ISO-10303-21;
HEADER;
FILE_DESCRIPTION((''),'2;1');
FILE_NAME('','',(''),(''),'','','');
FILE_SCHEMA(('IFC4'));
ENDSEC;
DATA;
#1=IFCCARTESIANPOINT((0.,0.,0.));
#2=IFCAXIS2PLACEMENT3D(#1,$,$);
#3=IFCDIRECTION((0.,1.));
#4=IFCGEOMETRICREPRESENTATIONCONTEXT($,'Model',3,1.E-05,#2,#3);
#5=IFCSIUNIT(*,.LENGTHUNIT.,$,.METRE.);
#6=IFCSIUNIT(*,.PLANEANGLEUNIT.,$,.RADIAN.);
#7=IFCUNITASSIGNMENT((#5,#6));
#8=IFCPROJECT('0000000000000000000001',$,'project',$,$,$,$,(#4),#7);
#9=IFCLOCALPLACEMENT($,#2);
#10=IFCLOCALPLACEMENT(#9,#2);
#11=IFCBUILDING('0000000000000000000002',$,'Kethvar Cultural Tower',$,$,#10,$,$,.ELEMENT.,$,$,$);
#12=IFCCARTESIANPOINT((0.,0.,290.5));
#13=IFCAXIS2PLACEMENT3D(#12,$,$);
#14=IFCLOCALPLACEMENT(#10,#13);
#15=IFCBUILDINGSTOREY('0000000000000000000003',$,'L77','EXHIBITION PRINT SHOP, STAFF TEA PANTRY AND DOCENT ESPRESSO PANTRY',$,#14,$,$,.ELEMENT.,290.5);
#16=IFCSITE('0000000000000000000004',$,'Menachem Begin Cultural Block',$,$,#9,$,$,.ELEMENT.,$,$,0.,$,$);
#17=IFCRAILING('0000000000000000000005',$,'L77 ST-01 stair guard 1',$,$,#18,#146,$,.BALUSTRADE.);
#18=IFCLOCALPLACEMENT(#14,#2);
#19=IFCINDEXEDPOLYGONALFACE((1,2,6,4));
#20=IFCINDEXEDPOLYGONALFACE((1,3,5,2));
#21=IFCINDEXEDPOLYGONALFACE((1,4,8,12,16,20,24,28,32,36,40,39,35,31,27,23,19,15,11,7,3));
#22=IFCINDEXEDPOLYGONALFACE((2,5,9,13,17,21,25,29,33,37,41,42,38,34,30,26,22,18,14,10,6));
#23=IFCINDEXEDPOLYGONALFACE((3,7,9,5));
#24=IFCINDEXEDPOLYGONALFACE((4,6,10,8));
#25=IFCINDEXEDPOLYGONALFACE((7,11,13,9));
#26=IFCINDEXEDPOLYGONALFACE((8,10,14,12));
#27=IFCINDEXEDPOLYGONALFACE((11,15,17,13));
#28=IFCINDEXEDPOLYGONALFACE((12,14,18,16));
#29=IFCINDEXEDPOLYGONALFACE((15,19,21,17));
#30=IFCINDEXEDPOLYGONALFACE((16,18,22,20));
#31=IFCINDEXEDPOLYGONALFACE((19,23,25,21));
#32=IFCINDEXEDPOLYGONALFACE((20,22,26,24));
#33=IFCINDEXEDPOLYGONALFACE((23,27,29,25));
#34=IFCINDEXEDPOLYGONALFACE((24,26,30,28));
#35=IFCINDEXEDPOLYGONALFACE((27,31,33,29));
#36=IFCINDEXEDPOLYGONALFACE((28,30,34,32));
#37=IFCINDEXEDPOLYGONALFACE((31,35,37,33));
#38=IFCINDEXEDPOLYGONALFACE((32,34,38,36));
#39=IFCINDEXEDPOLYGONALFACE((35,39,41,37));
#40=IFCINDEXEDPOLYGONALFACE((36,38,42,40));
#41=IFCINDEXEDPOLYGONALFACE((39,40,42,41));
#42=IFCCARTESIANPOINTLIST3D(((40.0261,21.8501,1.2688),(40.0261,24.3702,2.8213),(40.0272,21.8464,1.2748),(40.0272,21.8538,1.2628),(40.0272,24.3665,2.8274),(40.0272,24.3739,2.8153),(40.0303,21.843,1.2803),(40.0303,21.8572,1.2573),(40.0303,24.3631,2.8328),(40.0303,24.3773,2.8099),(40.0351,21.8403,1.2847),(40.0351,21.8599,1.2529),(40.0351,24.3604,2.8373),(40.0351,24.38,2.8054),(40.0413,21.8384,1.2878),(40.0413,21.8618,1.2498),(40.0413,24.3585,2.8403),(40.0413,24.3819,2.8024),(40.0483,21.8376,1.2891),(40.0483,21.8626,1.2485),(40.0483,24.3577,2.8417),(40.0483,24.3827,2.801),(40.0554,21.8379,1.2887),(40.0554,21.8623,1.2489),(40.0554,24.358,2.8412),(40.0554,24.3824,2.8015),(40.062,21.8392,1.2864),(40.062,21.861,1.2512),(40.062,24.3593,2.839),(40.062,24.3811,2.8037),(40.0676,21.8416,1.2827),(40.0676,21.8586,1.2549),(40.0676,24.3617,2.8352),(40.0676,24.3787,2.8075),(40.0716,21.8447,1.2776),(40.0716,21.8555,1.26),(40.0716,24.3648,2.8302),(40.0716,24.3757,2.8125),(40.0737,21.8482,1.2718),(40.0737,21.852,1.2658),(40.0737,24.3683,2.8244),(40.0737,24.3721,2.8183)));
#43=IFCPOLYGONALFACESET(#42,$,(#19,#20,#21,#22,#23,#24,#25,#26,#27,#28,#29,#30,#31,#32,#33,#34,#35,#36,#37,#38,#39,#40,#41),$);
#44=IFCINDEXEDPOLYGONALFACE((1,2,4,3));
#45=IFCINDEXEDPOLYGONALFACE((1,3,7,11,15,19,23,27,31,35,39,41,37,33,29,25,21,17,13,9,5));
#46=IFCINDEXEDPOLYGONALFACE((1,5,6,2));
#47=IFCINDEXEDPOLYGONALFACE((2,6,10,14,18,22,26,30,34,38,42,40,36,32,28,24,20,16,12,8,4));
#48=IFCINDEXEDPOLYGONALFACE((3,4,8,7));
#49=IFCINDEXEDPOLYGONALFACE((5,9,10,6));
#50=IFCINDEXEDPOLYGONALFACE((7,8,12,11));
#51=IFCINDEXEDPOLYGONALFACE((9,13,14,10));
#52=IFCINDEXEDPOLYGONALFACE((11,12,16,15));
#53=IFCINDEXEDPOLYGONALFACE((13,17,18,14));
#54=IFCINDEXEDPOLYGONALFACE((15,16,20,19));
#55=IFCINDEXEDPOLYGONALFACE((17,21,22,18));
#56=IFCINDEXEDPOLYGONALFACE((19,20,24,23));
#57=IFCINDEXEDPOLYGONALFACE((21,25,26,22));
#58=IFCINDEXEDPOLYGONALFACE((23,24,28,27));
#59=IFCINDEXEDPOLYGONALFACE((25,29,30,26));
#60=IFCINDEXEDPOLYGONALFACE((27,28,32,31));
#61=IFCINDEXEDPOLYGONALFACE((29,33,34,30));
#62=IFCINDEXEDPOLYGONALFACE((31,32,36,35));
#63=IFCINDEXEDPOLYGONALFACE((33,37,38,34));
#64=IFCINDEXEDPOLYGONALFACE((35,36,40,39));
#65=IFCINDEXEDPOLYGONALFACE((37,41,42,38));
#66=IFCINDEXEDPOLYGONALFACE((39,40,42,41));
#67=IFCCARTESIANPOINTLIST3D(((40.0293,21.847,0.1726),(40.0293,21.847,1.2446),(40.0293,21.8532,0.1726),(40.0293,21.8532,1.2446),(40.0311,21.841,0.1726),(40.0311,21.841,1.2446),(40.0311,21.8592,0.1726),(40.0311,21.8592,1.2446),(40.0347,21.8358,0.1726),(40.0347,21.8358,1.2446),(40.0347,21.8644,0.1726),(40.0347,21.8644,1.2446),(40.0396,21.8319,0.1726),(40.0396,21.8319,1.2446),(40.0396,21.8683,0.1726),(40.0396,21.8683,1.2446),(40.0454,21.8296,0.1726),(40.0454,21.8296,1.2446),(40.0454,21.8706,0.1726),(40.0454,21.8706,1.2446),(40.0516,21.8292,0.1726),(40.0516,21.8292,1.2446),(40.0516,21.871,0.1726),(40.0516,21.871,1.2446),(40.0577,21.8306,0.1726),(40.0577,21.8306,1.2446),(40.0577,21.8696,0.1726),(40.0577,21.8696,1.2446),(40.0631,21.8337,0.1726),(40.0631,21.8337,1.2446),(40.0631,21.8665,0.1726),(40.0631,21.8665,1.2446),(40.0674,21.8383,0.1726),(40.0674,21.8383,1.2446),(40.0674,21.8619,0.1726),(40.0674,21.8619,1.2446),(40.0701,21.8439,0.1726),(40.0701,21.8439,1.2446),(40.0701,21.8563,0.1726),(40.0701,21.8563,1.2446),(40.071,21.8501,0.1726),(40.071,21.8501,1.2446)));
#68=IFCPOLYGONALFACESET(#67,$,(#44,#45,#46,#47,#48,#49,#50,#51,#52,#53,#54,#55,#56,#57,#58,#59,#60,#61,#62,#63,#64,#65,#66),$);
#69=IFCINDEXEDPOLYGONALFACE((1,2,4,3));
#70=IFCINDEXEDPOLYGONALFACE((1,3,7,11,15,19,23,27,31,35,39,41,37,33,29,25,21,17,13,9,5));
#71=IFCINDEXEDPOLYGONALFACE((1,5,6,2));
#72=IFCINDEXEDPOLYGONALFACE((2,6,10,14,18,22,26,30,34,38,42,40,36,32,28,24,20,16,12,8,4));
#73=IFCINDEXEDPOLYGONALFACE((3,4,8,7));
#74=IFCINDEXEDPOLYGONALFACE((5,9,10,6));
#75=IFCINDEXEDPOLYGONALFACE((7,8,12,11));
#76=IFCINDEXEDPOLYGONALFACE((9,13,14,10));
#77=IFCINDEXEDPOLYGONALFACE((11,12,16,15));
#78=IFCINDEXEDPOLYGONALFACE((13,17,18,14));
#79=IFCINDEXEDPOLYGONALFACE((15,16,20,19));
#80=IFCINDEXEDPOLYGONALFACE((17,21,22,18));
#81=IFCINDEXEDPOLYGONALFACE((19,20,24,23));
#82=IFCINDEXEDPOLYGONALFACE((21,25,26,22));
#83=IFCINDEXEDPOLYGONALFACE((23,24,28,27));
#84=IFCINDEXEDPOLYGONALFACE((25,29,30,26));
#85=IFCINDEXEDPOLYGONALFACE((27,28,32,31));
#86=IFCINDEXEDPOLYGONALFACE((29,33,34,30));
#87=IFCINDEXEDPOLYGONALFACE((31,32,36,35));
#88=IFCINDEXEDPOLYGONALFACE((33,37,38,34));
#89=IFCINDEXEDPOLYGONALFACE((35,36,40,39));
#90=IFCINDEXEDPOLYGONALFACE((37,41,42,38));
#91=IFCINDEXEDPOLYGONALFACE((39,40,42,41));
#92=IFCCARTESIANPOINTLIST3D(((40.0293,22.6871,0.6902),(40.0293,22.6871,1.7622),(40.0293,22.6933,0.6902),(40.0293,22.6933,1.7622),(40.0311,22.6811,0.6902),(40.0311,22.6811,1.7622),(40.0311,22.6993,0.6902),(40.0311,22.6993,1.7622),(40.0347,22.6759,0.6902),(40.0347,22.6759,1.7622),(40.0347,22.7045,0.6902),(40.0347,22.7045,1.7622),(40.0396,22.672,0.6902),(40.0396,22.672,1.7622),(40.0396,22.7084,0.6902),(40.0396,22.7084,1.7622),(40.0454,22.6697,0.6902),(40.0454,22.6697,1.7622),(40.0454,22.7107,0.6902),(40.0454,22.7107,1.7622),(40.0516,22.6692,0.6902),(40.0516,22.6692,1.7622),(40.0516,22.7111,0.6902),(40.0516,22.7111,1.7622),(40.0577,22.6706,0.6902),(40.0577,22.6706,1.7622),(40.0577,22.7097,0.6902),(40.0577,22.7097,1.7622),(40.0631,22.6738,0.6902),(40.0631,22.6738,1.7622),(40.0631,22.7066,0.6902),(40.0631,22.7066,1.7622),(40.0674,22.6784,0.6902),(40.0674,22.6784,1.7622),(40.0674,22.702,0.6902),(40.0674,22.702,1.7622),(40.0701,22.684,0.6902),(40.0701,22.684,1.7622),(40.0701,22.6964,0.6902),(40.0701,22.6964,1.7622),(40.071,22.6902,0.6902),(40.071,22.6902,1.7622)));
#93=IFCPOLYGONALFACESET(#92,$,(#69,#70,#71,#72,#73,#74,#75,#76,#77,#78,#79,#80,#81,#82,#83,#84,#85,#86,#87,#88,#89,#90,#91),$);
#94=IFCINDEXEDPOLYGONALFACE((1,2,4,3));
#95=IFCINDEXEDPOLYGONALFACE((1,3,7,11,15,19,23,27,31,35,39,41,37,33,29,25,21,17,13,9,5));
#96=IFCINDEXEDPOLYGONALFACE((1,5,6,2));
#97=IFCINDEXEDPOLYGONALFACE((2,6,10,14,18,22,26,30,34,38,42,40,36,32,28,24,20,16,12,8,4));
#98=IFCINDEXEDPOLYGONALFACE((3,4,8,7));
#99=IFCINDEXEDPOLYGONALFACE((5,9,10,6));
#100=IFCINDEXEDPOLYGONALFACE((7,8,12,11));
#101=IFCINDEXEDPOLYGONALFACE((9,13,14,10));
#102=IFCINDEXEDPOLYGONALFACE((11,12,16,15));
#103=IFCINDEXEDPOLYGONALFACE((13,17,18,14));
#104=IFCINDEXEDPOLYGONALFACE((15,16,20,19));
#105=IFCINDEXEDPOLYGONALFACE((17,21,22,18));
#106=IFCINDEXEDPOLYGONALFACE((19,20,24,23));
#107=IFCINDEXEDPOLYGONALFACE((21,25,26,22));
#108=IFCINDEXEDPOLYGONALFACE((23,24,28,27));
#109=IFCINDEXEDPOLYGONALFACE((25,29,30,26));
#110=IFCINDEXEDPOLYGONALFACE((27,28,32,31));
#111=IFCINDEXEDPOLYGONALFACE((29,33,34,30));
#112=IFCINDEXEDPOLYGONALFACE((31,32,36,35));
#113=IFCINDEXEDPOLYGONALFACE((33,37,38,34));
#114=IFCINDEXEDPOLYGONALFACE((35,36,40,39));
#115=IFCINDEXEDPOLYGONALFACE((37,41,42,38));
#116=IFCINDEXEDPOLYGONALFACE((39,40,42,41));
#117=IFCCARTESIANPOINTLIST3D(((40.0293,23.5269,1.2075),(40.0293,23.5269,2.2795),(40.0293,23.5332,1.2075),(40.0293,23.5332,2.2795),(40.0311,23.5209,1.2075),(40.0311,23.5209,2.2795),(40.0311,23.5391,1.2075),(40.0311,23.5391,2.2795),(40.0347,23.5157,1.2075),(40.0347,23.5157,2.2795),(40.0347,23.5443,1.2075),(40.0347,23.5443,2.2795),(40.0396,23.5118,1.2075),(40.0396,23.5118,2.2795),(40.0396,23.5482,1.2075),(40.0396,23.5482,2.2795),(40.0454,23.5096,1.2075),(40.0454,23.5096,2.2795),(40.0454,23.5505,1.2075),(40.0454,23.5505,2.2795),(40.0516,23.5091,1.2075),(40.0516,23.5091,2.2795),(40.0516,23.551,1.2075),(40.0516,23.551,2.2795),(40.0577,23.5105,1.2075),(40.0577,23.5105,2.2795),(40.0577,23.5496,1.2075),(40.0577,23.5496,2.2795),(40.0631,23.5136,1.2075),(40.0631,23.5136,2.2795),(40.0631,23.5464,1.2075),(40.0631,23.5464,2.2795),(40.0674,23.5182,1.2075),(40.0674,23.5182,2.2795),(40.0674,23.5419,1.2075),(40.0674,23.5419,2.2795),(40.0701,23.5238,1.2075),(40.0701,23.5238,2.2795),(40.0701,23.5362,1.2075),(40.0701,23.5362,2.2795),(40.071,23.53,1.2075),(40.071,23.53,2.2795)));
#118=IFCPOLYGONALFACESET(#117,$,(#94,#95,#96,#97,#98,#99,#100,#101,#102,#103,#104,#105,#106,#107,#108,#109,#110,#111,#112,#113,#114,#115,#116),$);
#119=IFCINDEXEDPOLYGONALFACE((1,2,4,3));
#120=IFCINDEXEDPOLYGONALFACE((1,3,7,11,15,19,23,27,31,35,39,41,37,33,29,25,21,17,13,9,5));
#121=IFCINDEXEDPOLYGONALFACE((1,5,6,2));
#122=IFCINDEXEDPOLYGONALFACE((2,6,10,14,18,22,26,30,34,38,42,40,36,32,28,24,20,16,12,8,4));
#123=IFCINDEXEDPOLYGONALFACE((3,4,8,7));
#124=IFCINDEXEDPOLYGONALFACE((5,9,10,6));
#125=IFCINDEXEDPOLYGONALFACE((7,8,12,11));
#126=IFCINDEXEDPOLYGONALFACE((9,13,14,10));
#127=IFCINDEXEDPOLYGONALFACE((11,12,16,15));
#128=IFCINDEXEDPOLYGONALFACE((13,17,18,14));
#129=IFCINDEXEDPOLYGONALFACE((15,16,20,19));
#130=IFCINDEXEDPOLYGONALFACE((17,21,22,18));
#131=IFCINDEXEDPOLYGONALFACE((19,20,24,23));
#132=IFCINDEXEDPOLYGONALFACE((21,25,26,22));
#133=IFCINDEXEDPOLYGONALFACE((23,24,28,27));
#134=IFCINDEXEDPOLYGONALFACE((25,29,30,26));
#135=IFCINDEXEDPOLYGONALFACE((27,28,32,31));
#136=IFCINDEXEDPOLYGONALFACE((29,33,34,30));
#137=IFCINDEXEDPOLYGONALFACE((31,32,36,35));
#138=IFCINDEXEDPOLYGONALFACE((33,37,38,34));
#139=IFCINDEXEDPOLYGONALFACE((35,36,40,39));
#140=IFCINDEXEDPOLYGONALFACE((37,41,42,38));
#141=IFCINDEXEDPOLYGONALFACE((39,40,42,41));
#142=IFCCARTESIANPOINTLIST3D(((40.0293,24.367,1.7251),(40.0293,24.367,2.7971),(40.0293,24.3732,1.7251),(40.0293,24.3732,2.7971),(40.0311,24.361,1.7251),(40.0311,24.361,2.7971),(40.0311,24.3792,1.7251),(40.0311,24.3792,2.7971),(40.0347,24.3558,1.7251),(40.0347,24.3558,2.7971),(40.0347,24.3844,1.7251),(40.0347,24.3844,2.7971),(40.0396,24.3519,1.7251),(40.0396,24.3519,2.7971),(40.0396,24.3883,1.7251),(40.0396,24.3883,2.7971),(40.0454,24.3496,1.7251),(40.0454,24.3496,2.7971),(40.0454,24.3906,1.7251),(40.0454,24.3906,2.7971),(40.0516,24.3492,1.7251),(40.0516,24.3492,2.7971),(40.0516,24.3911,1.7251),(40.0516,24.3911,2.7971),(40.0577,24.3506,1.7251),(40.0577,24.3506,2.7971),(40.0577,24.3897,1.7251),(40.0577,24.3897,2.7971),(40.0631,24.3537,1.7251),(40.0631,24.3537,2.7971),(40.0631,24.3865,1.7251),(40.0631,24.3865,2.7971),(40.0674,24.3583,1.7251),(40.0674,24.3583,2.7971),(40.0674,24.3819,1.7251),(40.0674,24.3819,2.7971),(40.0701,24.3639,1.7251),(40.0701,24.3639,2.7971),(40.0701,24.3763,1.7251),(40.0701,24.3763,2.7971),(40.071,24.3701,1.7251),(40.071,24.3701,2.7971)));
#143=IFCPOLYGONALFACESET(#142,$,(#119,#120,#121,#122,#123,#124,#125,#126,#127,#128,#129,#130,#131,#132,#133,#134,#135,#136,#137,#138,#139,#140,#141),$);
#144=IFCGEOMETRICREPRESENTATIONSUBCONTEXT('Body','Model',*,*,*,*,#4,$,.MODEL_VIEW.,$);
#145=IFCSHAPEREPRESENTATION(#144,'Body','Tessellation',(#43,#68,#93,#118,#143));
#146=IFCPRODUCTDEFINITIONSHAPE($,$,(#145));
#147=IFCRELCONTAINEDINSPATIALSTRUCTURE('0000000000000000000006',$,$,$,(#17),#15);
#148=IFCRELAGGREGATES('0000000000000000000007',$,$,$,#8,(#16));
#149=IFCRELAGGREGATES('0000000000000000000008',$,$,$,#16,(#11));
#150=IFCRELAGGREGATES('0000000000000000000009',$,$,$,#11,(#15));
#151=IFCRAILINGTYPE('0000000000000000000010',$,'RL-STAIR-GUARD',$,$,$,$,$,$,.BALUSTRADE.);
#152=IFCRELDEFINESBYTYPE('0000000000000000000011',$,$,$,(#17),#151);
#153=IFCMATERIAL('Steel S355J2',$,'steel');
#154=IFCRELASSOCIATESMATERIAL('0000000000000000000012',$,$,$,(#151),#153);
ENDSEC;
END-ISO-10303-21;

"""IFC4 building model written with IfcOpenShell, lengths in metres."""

from ifc_helpers import new_model, si_unit, direction, frame, origin, origin_2d, place, context, subcontext, project, spatial, circle, extrude, material, type_object, element, save


model = new_model("IFC4")

# Units and contexts
model_context = context("Model", 3, precision=1e-05, world=origin(), true_north=direction((0.0, 1.0)))
body_context = subcontext(model_context, "Body", "Model", "MODEL_VIEW")
ifc_project = project(units=[si_unit("LENGTHUNIT", "METRE"), si_unit("PLANEANGLEUNIT", "RADIAN")], contexts=[model_context])

# Site, building, storey
site_placement = place(None, origin())
site = spatial("IfcSite", under=ifc_project, at=site_placement, Name="Menachem Begin Cultural Block", CompositionType="ELEMENT", RefElevation=0.0)
building_placement = place(site_placement, origin())
building = spatial("IfcBuilding", under=site, at=building_placement, Name="Kethvar Cultural Tower", CompositionType="ELEMENT")
storey_placement = place(building_placement, frame((0.0, 0.0, 290.5)))
storey = spatial("IfcBuildingStorey", under=building, at=storey_placement, Name="L77", Description="EXHIBITION PRINT SHOP, STAFF TEA PANTRY AND DOCENT ESPRESSO PANTRY", CompositionType="ELEMENT", Elevation=290.5)

# Shared definitions
ifc_material_1 = material(Name="Steel S355J2", Category="steel")

# Railing
railing_type_1 = type_object("IfcRailingType", Name="RL-STAIR-GUARD", PredefinedType="BALUSTRADE", material=ifc_material_1)
railing_1_placement = place(storey_placement, frame((40.05, 21.8501, 0.1726)))
element("IfcRailing", 1, at=railing_1_placement, inside=storey, type_object=railing_type_1, Name="L77 ST-01 stair guard 1", PredefinedType="BALUSTRADE", context=body_context, shape_type="SweptSolid", body=[
    extrude(circle(Radius=0.0239, at=origin_2d()), frame((0.0, 0.0, 1.0962), z_axis=(0.0, 0.8514, 0.524516), x_axis=(-1.0, 0.0, 0.0)), (0.0, 0.0, 1.0), 2.96),
    extrude(circle(Radius=0.021, at=origin_2d()), origin(), (0.0, 0.0, 1.0), 1.072),
    extrude(circle(Radius=0.021, at=origin_2d()), frame((0.0, 0.8401, 0.5176)), (0.0, 0.0, 1.0), 1.072),
    extrude(circle(Radius=0.021, at=origin_2d()), frame((0.0, 1.6799, 1.0349)), (0.0, 0.0, 1.0), 1.072),
    extrude(circle(Radius=0.021, at=origin_2d()), frame((0.0, 2.52, 1.5525)), (0.0, 0.0, 1.0), 1.072),
])

save(model, "model.ifc")
